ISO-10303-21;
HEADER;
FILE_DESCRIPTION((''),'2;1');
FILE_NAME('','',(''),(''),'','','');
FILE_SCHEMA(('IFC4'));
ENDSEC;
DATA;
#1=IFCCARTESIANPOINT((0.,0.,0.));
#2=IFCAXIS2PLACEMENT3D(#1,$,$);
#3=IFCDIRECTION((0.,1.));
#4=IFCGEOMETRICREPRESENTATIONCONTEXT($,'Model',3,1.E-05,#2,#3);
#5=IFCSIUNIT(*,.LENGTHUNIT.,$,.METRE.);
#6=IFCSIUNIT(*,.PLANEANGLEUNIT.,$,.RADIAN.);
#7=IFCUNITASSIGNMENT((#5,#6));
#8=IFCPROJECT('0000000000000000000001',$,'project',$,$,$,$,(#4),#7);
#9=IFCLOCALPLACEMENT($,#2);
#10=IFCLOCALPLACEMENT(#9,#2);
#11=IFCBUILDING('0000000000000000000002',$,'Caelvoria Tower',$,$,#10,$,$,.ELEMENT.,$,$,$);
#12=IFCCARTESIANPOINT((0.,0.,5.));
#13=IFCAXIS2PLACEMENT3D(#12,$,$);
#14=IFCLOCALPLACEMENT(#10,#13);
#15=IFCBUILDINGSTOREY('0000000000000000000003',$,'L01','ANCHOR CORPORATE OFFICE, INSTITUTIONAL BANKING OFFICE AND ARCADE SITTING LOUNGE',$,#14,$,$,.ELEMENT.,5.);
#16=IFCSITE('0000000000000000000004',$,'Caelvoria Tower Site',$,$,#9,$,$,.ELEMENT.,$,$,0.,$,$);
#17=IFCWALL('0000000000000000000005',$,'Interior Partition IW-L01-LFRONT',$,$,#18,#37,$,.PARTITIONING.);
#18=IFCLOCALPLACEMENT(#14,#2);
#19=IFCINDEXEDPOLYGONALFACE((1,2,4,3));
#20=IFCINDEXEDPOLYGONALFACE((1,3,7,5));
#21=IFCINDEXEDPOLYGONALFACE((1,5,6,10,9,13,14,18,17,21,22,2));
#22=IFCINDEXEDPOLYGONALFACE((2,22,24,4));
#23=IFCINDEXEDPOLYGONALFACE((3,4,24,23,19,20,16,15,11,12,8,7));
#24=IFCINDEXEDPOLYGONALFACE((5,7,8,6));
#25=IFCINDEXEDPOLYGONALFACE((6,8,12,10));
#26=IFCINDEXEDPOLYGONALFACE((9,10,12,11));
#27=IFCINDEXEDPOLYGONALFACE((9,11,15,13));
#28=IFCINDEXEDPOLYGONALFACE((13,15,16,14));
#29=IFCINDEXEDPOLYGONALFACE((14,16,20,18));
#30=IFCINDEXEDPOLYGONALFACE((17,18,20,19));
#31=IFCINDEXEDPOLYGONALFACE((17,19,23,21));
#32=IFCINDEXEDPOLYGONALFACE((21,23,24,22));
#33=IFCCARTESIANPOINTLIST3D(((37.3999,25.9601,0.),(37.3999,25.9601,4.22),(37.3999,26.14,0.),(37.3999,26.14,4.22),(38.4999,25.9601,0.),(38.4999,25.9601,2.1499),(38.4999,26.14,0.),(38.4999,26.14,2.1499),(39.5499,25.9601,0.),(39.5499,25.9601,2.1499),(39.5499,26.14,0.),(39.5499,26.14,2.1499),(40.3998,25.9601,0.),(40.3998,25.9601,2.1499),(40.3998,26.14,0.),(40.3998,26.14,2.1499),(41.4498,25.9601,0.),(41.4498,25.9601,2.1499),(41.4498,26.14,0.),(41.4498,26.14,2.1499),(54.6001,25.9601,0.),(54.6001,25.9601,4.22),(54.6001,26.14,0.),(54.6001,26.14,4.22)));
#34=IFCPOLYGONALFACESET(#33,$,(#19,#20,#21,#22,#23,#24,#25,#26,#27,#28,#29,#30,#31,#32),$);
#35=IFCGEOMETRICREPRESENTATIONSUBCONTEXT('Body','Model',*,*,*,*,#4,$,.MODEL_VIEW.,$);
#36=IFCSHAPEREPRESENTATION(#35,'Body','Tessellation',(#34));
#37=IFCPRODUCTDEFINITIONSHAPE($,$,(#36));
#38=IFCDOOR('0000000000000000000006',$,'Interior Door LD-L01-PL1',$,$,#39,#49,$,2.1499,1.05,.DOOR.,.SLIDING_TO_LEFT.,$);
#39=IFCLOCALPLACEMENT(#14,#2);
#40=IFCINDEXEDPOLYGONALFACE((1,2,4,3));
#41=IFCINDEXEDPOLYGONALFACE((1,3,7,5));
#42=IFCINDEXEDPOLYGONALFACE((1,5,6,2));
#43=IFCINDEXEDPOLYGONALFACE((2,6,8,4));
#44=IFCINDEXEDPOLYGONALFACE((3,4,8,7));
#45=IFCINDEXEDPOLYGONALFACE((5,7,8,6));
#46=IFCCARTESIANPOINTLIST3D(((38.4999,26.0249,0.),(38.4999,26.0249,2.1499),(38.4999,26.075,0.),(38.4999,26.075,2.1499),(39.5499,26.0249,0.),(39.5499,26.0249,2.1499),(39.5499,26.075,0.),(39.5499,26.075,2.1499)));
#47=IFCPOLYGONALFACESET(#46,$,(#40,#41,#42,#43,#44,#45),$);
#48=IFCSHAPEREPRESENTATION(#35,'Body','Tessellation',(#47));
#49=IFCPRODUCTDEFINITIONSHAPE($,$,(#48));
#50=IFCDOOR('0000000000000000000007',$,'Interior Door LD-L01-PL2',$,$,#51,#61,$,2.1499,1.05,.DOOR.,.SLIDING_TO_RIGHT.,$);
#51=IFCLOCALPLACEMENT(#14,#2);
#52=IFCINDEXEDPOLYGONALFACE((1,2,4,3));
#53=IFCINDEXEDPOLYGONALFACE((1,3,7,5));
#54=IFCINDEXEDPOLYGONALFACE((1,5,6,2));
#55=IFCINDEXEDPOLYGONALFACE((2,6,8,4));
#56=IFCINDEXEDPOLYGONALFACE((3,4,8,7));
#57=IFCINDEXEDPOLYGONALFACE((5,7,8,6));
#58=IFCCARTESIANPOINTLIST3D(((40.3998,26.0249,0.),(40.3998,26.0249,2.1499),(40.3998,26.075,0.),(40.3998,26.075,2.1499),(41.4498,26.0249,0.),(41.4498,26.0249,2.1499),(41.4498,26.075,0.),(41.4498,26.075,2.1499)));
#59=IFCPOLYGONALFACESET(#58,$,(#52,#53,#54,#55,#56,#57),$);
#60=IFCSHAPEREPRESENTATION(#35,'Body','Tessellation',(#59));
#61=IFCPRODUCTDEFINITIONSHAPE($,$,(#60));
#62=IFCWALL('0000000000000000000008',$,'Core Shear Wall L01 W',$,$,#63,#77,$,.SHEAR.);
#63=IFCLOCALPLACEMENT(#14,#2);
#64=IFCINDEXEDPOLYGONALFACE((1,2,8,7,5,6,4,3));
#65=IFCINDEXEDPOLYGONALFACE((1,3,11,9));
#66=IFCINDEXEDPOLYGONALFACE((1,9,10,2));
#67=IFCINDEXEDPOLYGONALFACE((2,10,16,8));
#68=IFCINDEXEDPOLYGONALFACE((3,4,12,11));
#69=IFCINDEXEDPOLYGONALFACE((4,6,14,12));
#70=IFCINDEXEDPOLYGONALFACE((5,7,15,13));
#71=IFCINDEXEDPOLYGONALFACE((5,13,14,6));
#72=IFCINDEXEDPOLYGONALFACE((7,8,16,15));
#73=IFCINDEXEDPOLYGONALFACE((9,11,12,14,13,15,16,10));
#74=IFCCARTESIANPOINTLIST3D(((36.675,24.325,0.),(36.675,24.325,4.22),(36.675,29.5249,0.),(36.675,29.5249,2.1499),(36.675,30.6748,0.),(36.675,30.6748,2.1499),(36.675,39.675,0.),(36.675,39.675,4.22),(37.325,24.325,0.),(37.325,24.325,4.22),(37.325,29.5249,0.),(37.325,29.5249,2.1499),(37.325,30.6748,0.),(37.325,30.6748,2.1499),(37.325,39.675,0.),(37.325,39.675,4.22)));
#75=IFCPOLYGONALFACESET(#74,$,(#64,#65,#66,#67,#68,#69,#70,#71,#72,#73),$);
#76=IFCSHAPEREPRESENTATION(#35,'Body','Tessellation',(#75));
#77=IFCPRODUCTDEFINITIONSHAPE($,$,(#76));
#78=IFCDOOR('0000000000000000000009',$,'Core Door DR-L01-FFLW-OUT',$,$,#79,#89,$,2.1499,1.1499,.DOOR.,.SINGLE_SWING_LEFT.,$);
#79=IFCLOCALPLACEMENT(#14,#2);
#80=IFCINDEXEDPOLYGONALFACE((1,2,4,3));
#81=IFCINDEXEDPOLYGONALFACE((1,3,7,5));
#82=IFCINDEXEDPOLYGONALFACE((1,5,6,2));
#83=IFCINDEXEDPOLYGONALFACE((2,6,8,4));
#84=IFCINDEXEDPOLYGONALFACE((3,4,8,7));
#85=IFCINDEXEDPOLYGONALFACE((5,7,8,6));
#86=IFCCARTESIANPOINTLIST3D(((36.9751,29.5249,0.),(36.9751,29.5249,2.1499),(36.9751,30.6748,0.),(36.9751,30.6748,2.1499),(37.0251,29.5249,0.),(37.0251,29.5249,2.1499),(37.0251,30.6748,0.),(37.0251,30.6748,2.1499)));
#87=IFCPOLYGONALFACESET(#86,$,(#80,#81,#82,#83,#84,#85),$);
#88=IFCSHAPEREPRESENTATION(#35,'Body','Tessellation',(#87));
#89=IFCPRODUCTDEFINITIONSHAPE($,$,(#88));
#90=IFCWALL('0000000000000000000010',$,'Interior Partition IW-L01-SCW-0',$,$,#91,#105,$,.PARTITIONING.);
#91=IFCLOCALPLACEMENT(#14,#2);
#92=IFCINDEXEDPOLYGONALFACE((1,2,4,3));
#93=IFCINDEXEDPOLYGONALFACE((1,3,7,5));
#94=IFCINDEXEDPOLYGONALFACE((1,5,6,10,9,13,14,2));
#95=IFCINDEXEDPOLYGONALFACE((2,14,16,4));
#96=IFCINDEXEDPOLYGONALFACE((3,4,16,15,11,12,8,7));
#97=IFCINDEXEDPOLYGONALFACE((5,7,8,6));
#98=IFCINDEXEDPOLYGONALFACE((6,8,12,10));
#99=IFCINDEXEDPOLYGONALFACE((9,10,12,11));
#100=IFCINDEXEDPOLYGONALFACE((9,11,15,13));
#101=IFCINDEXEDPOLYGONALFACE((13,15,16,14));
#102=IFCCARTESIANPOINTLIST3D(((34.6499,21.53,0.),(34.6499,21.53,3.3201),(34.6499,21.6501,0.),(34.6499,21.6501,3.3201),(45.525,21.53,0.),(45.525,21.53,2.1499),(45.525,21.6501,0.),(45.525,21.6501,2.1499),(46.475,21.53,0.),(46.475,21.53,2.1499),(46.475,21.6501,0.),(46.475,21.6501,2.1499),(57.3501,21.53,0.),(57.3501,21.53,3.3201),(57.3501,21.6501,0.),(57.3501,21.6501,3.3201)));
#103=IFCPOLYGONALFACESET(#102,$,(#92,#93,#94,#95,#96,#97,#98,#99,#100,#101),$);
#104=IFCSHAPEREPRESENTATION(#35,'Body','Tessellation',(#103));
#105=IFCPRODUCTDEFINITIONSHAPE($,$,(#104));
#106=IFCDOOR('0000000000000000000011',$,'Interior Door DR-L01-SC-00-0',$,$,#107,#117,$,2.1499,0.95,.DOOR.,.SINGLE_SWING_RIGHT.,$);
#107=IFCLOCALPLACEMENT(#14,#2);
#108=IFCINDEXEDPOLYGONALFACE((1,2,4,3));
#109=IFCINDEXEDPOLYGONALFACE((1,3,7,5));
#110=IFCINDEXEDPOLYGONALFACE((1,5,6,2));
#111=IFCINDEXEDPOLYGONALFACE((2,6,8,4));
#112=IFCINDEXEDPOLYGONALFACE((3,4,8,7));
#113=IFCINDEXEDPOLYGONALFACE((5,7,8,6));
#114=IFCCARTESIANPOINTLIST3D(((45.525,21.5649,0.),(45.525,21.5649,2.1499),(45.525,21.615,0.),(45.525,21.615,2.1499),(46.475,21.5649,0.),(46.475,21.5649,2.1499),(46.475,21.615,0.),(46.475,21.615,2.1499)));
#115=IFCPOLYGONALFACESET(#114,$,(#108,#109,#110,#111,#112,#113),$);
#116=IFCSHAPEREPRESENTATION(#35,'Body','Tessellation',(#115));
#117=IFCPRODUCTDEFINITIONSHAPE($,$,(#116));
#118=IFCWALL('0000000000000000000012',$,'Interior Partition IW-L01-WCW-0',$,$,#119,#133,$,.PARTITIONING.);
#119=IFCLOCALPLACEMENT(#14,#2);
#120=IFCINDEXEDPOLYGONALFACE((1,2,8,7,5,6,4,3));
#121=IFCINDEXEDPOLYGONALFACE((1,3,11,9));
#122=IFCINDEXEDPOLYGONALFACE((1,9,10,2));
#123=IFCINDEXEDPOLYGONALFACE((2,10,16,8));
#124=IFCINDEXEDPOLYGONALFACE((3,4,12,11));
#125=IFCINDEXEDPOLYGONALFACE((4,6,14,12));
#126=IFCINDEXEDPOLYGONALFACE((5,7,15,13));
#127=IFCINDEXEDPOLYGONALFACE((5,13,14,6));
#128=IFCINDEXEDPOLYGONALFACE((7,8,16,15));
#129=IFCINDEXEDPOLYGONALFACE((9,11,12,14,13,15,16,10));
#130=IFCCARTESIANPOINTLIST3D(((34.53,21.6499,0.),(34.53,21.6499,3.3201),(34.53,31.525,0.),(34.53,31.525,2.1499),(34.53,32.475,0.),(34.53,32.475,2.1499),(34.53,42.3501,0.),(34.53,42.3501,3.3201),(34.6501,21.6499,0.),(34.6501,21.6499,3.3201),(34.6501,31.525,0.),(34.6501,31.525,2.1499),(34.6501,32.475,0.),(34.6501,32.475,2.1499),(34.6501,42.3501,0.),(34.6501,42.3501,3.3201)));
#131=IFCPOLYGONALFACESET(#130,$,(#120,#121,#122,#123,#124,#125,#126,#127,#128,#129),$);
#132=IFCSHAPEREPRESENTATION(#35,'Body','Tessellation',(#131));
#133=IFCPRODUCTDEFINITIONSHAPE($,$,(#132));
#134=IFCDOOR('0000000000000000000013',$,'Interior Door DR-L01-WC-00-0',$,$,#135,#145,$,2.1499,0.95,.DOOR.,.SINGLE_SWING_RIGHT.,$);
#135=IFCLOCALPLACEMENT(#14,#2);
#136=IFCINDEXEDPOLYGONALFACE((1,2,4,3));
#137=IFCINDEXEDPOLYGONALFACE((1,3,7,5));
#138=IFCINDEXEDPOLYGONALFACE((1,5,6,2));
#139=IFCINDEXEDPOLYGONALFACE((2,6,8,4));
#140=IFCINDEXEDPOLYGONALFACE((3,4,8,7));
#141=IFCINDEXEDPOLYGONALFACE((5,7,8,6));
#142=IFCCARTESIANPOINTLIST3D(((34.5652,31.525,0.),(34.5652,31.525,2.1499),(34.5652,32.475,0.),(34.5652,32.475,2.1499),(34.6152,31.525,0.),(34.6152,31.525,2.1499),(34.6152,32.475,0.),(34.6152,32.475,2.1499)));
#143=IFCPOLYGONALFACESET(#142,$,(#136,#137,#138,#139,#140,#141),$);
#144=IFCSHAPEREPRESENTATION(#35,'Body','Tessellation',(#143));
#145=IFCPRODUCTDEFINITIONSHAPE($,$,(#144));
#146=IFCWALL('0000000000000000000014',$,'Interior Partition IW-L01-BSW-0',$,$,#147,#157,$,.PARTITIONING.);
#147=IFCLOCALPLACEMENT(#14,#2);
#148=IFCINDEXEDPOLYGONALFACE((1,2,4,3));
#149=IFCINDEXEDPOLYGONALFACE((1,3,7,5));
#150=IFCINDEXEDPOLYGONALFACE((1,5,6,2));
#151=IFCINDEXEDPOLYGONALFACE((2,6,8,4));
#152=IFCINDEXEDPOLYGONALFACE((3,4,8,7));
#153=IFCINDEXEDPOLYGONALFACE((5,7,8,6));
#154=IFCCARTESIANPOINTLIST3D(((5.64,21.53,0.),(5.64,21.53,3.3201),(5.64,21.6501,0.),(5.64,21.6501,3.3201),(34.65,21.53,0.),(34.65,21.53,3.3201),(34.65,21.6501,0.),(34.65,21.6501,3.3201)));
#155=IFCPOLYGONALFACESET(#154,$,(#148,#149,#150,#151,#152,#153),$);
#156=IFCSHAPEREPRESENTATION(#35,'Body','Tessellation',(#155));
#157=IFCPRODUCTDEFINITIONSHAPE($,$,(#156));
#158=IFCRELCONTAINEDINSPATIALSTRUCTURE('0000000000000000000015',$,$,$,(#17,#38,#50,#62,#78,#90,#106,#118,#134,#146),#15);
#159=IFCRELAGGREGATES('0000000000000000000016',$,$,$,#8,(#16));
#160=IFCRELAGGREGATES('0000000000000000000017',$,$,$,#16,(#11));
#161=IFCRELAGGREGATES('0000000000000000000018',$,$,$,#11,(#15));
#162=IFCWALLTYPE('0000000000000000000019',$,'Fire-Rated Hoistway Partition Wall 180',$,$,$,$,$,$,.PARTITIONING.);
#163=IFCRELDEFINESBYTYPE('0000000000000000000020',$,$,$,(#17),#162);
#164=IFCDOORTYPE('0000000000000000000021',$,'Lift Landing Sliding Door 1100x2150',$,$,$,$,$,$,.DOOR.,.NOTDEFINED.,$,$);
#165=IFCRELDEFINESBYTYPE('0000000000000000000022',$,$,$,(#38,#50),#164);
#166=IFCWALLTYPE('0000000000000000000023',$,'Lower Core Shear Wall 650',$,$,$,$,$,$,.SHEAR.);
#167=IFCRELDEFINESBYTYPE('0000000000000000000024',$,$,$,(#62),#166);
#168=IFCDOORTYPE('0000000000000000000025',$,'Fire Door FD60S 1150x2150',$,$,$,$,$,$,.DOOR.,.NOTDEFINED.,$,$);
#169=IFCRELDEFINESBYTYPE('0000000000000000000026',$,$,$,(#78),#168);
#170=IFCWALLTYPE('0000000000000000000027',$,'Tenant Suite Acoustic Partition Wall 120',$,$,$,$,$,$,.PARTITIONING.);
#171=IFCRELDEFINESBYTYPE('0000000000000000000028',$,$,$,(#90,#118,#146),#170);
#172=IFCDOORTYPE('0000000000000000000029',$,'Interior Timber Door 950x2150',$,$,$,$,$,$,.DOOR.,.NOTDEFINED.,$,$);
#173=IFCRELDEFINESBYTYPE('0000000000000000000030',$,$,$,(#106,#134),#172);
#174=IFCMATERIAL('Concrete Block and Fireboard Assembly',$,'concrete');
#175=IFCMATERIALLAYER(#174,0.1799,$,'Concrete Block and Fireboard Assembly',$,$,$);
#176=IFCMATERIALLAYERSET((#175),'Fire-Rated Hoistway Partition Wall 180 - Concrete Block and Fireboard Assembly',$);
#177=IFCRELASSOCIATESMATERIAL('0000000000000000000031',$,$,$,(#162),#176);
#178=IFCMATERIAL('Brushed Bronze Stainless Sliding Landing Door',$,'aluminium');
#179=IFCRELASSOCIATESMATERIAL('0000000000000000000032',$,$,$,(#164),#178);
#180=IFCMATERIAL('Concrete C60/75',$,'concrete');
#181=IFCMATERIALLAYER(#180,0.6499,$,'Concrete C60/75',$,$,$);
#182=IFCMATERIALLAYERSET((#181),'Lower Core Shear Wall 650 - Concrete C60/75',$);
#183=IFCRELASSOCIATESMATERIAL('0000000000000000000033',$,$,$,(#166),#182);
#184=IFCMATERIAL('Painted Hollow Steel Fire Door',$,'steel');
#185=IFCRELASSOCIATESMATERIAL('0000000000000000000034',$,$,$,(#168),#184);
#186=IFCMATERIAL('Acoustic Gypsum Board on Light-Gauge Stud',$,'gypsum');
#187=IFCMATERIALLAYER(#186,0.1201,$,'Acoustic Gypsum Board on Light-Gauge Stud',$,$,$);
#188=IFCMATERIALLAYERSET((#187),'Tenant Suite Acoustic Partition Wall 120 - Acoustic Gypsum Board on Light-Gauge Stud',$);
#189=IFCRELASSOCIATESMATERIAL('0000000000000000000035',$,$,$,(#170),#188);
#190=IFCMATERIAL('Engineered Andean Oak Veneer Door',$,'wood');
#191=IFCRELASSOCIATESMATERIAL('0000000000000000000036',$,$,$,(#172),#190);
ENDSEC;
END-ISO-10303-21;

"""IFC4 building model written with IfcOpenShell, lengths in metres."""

from ifc_helpers import new_model, si_unit, direction, frame, frame_2d, origin, place, context, subcontext, project, spatial, rectangle, extrude, material, layer, layer_set, type_object, element, fill, save


model = new_model("IFC4")

# Units and contexts
model_context = context("Model", 3, precision=1e-05, world=origin(), true_north=direction((0.0, 1.0)))
body_context = subcontext(model_context, "Body", "Model", "MODEL_VIEW")
ifc_project = project(units=[si_unit("LENGTHUNIT", "METRE"), si_unit("PLANEANGLEUNIT", "RADIAN")], contexts=[model_context])

# Site, building, storey
site_placement = place(None, origin())
site = spatial("IfcSite", under=ifc_project, at=site_placement, Name="Caelvoria Tower Site", CompositionType="ELEMENT", RefElevation=0.0)
building_placement = place(site_placement, origin())
building = spatial("IfcBuilding", under=site, at=building_placement, Name="Caelvoria Tower", CompositionType="ELEMENT")
storey_placement = place(building_placement, frame((0.0, 0.0, 5.0)))
storey = spatial("IfcBuildingStorey", under=building, at=storey_placement, Name="L01", Description="ANCHOR CORPORATE OFFICE, INSTITUTIONAL BANKING OFFICE AND ARCADE SITTING LOUNGE", CompositionType="ELEMENT", Elevation=5.0)

# Shared definitions
ifc_material_1 = material(Name="Painted Hollow Steel Fire Door", Category="steel")

# Wall, openings, doors
ifc_material_2 = material(Name="Concrete Block and Fireboard Assembly", Category="concrete")
ifc_layer_1 = layer(ifc_material_2, 0.1799, Name="Concrete Block and Fireboard Assembly")
ifc_layer_set_1 = layer_set([ifc_layer_1], Name="Fire-Rated Hoistway Partition Wall 180 - Concrete Block and Fireboard Assembly")
wall_type_1 = type_object("IfcWallType", Name="Fire-Rated Hoistway Partition Wall 180", PredefinedType="PARTITIONING", material=ifc_layer_set_1)
wall_1_placement = place(storey_placement, frame((37.3999, 26.05, 0.0), z_axis=(0.0, 0.0, 1.0), x_axis=(1.0, 0.0, 0.0)))
wall_1 = element("IfcWall", 1, at=wall_1_placement, inside=storey, type_object=wall_type_1, Name="Interior Partition IW-L01-LFRONT", PredefinedType="PARTITIONING", context=body_context, shape_type="SweptSolid", body=[
    extrude(rectangle(XDim=17.2002, YDim=0.1799, at=frame_2d((8.6001, 0.0))), origin(), (0.0, 0.0, 1.0), 4.22),
])
opening_1_placement = place(wall_1_placement, frame((1.1001, 0.0, 0.0)))
opening_1 = element("IfcOpeningElement", 2, at=opening_1_placement, cuts=wall_1, PredefinedType="OPENING", context=body_context, shape_type="SweptSolid", body=[
    extrude(rectangle(XDim=1.05, YDim=2.1499, at=frame_2d((0.5249, 1.075))), frame((0.0, 0.0999, 0.0), z_axis=(0.0, -1.0, 0.0), x_axis=(1.0, 0.0, 0.0)), (0.0, 0.0, 1.0), 0.2),
])
opening_2_placement = place(wall_1_placement, frame((3.0, 0.0, 0.0)))
opening_2 = element("IfcOpeningElement", 3, at=opening_2_placement, cuts=wall_1, PredefinedType="OPENING", context=body_context, shape_type="SweptSolid", body=[
    extrude(rectangle(XDim=1.05, YDim=2.1499, at=frame_2d((0.5249, 1.075))), frame((0.0, 0.0999, 0.0), z_axis=(0.0, -1.0, 0.0), x_axis=(1.0, 0.0, 0.0)), (0.0, 0.0, 1.0), 0.2),
])
ifc_material_3 = material(Name="Brushed Bronze Stainless Sliding Landing Door", Category="aluminium")
door_type_1 = type_object("IfcDoorType", Name="Lift Landing Sliding Door 1100x2150", OperationType="NOTDEFINED", PredefinedType="DOOR", material=ifc_material_3)
door_1_placement = place(opening_1_placement, origin())
door_1 = element("IfcDoor", 4, at=door_1_placement, inside=storey, type_object=door_type_1, Name="Interior Door LD-L01-PL1", OperationType="SLIDING_TO_LEFT", OverallHeight=2.1499, OverallWidth=1.05, PredefinedType="DOOR", context=body_context, shape_type="SweptSolid", body=[
    extrude(rectangle(XDim=1.05, YDim=2.1499, at=frame_2d((0.5249, 1.075))), frame((0.0, 0.0249, 0.0), z_axis=(0.0, -1.0, 0.0), x_axis=(1.0, 0.0, 0.0)), (0.0, 0.0, 1.0), 0.05),
])
fill(opening_1, door_1)
door_2_placement = place(opening_2_placement, origin())
door_2 = element("IfcDoor", 5, at=door_2_placement, inside=storey, type_object=door_type_1, Name="Interior Door LD-L01-PL2", OperationType="SLIDING_TO_RIGHT", OverallHeight=2.1499, OverallWidth=1.05, PredefinedType="DOOR", context=body_context, shape_type="SweptSolid", body=[
    extrude(rectangle(XDim=1.05, YDim=2.1499, at=frame_2d((0.5249, 1.075))), frame((0.0, 0.0249, 0.0), z_axis=(0.0, -1.0, 0.0), x_axis=(1.0, 0.0, 0.0)), (0.0, 0.0, 1.0), 0.05),
])
fill(opening_2, door_2)
ifc_material_4 = material(Name="Concrete C60/75", Category="concrete")
ifc_layer_2 = layer(ifc_material_4, 0.6499, Name="Concrete C60/75")
ifc_layer_set_2 = layer_set([ifc_layer_2], Name="Lower Core Shear Wall 650 - Concrete C60/75")
wall_type_2 = type_object("IfcWallType", Name="Lower Core Shear Wall 650", PredefinedType="SHEAR", material=ifc_layer_set_2)

# Walls, openings, doors
wall_2_placement = place(storey_placement, frame((37.0, 24.325, 0.0), z_axis=(0.0, 0.0, 1.0), x_axis=(0.0, 1.0, 0.0)))
wall_2 = element("IfcWall", 6, at=wall_2_placement, inside=storey, type_object=wall_type_2, Name="Core Shear Wall L01 W", PredefinedType="SHEAR", context=body_context, shape_type="SweptSolid", body=[
    extrude(rectangle(XDim=15.3501, YDim=0.6499, at=frame_2d((7.675, 0.0))), origin(), (0.0, 0.0, 1.0), 4.22),
])
opening_3_placement = place(wall_2_placement, frame((5.2, 0.0, 0.0)))
opening_3 = element("IfcOpeningElement", 7, at=opening_3_placement, cuts=wall_2, PredefinedType="OPENING", context=body_context, shape_type="SweptSolid", body=[
    extrude(rectangle(XDim=1.1499, YDim=2.1499, at=frame_2d((0.575, 1.075))), frame((0.0, 0.335, 0.0), z_axis=(0.0, -1.0, 0.0), x_axis=(1.0, 0.0, 0.0)), (0.0, 0.0, 1.0), 0.6699),
])
door_type_2 = type_object("IfcDoorType", Name="Fire Door FD60S 1150x2150", OperationType="NOTDEFINED", PredefinedType="DOOR", material=ifc_material_1)
door_3_placement = place(opening_3_placement, origin())
door_3 = element("IfcDoor", 8, at=door_3_placement, inside=storey, type_object=door_type_2, Name="Core Door DR-L01-FFLW-OUT", OperationType="SINGLE_SWING_LEFT", OverallHeight=2.1499, OverallWidth=1.1499, PredefinedType="DOOR", context=body_context, shape_type="SweptSolid", body=[
    extrude(rectangle(XDim=1.1499, YDim=2.1499, at=frame_2d((0.575, 1.075))), frame((0.0, 0.0249, 0.0), z_axis=(0.0, -1.0, 0.0), x_axis=(1.0, 0.0, 0.0)), (0.0, 0.0, 1.0), 0.05),
])
fill(opening_3, door_3)
ifc_material_5 = material(Name="Acoustic Gypsum Board on Light-Gauge Stud", Category="gypsum")
ifc_layer_3 = layer(ifc_material_5, 0.1201, Name="Acoustic Gypsum Board on Light-Gauge Stud")
ifc_layer_set_3 = layer_set([ifc_layer_3], Name="Tenant Suite Acoustic Partition Wall 120 - Acoustic Gypsum Board on Light-Gauge Stud")
wall_type_3 = type_object("IfcWallType", Name="Tenant Suite Acoustic Partition Wall 120", PredefinedType="PARTITIONING", material=ifc_layer_set_3)
wall_3_placement = place(storey_placement, frame((34.6499, 21.5901, 0.0), z_axis=(0.0, 0.0, 1.0), x_axis=(1.0, 0.0, 0.0)))
wall_3 = element("IfcWall", 9, at=wall_3_placement, inside=storey, type_object=wall_type_3, Name="Interior Partition IW-L01-SCW-0", PredefinedType="PARTITIONING", context=body_context, shape_type="SweptSolid", body=[
    extrude(rectangle(XDim=22.7002, YDim=0.1201, at=frame_2d((11.3501, 0.0))), origin(), (0.0, 0.0, 1.0), 3.3201),
])
opening_4_placement = place(wall_3_placement, frame((10.875, 0.0, 0.0)))
opening_4 = element("IfcOpeningElement", 10, at=opening_4_placement, cuts=wall_3, PredefinedType="OPENING", context=body_context, shape_type="SweptSolid", body=[
    extrude(rectangle(XDim=0.95, YDim=2.1499, at=frame_2d((0.4751, 1.075))), frame((0.0, 0.0701, 0.0), z_axis=(0.0, -1.0, 0.0), x_axis=(1.0, 0.0, 0.0)), (0.0, 0.0, 1.0), 0.1401),
])
ifc_material_6 = material(Name="Engineered Andean Oak Veneer Door", Category="wood")
door_type_3 = type_object("IfcDoorType", Name="Interior Timber Door 950x2150", OperationType="NOTDEFINED", PredefinedType="DOOR", material=ifc_material_6)
door_4_placement = place(opening_4_placement, origin())
door_4 = element("IfcDoor", 11, at=door_4_placement, inside=storey, type_object=door_type_3, Name="Interior Door DR-L01-SC-00-0", OperationType="SINGLE_SWING_RIGHT", OverallHeight=2.1499, OverallWidth=0.95, PredefinedType="DOOR", context=body_context, shape_type="SweptSolid", body=[
    extrude(rectangle(XDim=0.95, YDim=2.1499, at=frame_2d((0.4751, 1.075))), frame((0.0, 0.0249, 0.0), z_axis=(0.0, -1.0, 0.0), x_axis=(1.0, 0.0, 0.0)), (0.0, 0.0, 1.0), 0.05),
])
fill(opening_4, door_4)
wall_4_placement = place(storey_placement, frame((34.5901, 21.6499, 0.0), z_axis=(0.0, 0.0, 1.0), x_axis=(0.0, 1.0, 0.0)))
wall_4 = element("IfcWall", 12, at=wall_4_placement, inside=storey, type_object=wall_type_3, Name="Interior Partition IW-L01-WCW-0", PredefinedType="PARTITIONING", context=body_context, shape_type="SweptSolid", body=[
    extrude(rectangle(XDim=20.7002, YDim=0.1201, at=frame_2d((10.3501, 0.0))), origin(), (0.0, 0.0, 1.0), 3.3201),
])
opening_5_placement = place(wall_4_placement, frame((9.875, 0.0, 0.0)))
opening_5 = element("IfcOpeningElement", 13, at=opening_5_placement, cuts=wall_4, PredefinedType="OPENING", context=body_context, shape_type="SweptSolid", body=[
    extrude(rectangle(XDim=0.95, YDim=2.1499, at=frame_2d((0.4751, 1.075))), frame((0.0, 0.0701, 0.0), z_axis=(0.0, -1.0, 0.0), x_axis=(1.0, 0.0, 0.0)), (0.0, 0.0, 1.0), 0.1401),
])
door_5_placement = place(opening_5_placement, origin())
door_5 = element("IfcDoor", 14, at=door_5_placement, inside=storey, type_object=door_type_3, Name="Interior Door DR-L01-WC-00-0", OperationType="SINGLE_SWING_RIGHT", OverallHeight=2.1499, OverallWidth=0.95, PredefinedType="DOOR", context=body_context, shape_type="SweptSolid", body=[
    extrude(rectangle(XDim=0.95, YDim=2.1499, at=frame_2d((0.4751, 1.075))), frame((0.0, 0.0249, 0.0), z_axis=(0.0, -1.0, 0.0), x_axis=(1.0, 0.0, 0.0)), (0.0, 0.0, 1.0), 0.05),
])
fill(opening_5, door_5)

# Wall
wall_5_placement = place(storey_placement, frame((34.6499, 21.5901, 0.0), z_axis=(0.0, 0.0, 1.0), x_axis=(-1.0, 0.0, 0.0)))
element("IfcWall", 15, at=wall_5_placement, inside=storey, type_object=wall_type_3, Name="Interior Partition IW-L01-BSW-0", PredefinedType="PARTITIONING", context=body_context, shape_type="SweptSolid", body=[
    extrude(rectangle(XDim=29.01, YDim=0.1201, at=frame_2d((14.5049, 0.0))), origin(), (0.0, 0.0, 1.0), 3.3201),
])

save(model, "model.ifc")
